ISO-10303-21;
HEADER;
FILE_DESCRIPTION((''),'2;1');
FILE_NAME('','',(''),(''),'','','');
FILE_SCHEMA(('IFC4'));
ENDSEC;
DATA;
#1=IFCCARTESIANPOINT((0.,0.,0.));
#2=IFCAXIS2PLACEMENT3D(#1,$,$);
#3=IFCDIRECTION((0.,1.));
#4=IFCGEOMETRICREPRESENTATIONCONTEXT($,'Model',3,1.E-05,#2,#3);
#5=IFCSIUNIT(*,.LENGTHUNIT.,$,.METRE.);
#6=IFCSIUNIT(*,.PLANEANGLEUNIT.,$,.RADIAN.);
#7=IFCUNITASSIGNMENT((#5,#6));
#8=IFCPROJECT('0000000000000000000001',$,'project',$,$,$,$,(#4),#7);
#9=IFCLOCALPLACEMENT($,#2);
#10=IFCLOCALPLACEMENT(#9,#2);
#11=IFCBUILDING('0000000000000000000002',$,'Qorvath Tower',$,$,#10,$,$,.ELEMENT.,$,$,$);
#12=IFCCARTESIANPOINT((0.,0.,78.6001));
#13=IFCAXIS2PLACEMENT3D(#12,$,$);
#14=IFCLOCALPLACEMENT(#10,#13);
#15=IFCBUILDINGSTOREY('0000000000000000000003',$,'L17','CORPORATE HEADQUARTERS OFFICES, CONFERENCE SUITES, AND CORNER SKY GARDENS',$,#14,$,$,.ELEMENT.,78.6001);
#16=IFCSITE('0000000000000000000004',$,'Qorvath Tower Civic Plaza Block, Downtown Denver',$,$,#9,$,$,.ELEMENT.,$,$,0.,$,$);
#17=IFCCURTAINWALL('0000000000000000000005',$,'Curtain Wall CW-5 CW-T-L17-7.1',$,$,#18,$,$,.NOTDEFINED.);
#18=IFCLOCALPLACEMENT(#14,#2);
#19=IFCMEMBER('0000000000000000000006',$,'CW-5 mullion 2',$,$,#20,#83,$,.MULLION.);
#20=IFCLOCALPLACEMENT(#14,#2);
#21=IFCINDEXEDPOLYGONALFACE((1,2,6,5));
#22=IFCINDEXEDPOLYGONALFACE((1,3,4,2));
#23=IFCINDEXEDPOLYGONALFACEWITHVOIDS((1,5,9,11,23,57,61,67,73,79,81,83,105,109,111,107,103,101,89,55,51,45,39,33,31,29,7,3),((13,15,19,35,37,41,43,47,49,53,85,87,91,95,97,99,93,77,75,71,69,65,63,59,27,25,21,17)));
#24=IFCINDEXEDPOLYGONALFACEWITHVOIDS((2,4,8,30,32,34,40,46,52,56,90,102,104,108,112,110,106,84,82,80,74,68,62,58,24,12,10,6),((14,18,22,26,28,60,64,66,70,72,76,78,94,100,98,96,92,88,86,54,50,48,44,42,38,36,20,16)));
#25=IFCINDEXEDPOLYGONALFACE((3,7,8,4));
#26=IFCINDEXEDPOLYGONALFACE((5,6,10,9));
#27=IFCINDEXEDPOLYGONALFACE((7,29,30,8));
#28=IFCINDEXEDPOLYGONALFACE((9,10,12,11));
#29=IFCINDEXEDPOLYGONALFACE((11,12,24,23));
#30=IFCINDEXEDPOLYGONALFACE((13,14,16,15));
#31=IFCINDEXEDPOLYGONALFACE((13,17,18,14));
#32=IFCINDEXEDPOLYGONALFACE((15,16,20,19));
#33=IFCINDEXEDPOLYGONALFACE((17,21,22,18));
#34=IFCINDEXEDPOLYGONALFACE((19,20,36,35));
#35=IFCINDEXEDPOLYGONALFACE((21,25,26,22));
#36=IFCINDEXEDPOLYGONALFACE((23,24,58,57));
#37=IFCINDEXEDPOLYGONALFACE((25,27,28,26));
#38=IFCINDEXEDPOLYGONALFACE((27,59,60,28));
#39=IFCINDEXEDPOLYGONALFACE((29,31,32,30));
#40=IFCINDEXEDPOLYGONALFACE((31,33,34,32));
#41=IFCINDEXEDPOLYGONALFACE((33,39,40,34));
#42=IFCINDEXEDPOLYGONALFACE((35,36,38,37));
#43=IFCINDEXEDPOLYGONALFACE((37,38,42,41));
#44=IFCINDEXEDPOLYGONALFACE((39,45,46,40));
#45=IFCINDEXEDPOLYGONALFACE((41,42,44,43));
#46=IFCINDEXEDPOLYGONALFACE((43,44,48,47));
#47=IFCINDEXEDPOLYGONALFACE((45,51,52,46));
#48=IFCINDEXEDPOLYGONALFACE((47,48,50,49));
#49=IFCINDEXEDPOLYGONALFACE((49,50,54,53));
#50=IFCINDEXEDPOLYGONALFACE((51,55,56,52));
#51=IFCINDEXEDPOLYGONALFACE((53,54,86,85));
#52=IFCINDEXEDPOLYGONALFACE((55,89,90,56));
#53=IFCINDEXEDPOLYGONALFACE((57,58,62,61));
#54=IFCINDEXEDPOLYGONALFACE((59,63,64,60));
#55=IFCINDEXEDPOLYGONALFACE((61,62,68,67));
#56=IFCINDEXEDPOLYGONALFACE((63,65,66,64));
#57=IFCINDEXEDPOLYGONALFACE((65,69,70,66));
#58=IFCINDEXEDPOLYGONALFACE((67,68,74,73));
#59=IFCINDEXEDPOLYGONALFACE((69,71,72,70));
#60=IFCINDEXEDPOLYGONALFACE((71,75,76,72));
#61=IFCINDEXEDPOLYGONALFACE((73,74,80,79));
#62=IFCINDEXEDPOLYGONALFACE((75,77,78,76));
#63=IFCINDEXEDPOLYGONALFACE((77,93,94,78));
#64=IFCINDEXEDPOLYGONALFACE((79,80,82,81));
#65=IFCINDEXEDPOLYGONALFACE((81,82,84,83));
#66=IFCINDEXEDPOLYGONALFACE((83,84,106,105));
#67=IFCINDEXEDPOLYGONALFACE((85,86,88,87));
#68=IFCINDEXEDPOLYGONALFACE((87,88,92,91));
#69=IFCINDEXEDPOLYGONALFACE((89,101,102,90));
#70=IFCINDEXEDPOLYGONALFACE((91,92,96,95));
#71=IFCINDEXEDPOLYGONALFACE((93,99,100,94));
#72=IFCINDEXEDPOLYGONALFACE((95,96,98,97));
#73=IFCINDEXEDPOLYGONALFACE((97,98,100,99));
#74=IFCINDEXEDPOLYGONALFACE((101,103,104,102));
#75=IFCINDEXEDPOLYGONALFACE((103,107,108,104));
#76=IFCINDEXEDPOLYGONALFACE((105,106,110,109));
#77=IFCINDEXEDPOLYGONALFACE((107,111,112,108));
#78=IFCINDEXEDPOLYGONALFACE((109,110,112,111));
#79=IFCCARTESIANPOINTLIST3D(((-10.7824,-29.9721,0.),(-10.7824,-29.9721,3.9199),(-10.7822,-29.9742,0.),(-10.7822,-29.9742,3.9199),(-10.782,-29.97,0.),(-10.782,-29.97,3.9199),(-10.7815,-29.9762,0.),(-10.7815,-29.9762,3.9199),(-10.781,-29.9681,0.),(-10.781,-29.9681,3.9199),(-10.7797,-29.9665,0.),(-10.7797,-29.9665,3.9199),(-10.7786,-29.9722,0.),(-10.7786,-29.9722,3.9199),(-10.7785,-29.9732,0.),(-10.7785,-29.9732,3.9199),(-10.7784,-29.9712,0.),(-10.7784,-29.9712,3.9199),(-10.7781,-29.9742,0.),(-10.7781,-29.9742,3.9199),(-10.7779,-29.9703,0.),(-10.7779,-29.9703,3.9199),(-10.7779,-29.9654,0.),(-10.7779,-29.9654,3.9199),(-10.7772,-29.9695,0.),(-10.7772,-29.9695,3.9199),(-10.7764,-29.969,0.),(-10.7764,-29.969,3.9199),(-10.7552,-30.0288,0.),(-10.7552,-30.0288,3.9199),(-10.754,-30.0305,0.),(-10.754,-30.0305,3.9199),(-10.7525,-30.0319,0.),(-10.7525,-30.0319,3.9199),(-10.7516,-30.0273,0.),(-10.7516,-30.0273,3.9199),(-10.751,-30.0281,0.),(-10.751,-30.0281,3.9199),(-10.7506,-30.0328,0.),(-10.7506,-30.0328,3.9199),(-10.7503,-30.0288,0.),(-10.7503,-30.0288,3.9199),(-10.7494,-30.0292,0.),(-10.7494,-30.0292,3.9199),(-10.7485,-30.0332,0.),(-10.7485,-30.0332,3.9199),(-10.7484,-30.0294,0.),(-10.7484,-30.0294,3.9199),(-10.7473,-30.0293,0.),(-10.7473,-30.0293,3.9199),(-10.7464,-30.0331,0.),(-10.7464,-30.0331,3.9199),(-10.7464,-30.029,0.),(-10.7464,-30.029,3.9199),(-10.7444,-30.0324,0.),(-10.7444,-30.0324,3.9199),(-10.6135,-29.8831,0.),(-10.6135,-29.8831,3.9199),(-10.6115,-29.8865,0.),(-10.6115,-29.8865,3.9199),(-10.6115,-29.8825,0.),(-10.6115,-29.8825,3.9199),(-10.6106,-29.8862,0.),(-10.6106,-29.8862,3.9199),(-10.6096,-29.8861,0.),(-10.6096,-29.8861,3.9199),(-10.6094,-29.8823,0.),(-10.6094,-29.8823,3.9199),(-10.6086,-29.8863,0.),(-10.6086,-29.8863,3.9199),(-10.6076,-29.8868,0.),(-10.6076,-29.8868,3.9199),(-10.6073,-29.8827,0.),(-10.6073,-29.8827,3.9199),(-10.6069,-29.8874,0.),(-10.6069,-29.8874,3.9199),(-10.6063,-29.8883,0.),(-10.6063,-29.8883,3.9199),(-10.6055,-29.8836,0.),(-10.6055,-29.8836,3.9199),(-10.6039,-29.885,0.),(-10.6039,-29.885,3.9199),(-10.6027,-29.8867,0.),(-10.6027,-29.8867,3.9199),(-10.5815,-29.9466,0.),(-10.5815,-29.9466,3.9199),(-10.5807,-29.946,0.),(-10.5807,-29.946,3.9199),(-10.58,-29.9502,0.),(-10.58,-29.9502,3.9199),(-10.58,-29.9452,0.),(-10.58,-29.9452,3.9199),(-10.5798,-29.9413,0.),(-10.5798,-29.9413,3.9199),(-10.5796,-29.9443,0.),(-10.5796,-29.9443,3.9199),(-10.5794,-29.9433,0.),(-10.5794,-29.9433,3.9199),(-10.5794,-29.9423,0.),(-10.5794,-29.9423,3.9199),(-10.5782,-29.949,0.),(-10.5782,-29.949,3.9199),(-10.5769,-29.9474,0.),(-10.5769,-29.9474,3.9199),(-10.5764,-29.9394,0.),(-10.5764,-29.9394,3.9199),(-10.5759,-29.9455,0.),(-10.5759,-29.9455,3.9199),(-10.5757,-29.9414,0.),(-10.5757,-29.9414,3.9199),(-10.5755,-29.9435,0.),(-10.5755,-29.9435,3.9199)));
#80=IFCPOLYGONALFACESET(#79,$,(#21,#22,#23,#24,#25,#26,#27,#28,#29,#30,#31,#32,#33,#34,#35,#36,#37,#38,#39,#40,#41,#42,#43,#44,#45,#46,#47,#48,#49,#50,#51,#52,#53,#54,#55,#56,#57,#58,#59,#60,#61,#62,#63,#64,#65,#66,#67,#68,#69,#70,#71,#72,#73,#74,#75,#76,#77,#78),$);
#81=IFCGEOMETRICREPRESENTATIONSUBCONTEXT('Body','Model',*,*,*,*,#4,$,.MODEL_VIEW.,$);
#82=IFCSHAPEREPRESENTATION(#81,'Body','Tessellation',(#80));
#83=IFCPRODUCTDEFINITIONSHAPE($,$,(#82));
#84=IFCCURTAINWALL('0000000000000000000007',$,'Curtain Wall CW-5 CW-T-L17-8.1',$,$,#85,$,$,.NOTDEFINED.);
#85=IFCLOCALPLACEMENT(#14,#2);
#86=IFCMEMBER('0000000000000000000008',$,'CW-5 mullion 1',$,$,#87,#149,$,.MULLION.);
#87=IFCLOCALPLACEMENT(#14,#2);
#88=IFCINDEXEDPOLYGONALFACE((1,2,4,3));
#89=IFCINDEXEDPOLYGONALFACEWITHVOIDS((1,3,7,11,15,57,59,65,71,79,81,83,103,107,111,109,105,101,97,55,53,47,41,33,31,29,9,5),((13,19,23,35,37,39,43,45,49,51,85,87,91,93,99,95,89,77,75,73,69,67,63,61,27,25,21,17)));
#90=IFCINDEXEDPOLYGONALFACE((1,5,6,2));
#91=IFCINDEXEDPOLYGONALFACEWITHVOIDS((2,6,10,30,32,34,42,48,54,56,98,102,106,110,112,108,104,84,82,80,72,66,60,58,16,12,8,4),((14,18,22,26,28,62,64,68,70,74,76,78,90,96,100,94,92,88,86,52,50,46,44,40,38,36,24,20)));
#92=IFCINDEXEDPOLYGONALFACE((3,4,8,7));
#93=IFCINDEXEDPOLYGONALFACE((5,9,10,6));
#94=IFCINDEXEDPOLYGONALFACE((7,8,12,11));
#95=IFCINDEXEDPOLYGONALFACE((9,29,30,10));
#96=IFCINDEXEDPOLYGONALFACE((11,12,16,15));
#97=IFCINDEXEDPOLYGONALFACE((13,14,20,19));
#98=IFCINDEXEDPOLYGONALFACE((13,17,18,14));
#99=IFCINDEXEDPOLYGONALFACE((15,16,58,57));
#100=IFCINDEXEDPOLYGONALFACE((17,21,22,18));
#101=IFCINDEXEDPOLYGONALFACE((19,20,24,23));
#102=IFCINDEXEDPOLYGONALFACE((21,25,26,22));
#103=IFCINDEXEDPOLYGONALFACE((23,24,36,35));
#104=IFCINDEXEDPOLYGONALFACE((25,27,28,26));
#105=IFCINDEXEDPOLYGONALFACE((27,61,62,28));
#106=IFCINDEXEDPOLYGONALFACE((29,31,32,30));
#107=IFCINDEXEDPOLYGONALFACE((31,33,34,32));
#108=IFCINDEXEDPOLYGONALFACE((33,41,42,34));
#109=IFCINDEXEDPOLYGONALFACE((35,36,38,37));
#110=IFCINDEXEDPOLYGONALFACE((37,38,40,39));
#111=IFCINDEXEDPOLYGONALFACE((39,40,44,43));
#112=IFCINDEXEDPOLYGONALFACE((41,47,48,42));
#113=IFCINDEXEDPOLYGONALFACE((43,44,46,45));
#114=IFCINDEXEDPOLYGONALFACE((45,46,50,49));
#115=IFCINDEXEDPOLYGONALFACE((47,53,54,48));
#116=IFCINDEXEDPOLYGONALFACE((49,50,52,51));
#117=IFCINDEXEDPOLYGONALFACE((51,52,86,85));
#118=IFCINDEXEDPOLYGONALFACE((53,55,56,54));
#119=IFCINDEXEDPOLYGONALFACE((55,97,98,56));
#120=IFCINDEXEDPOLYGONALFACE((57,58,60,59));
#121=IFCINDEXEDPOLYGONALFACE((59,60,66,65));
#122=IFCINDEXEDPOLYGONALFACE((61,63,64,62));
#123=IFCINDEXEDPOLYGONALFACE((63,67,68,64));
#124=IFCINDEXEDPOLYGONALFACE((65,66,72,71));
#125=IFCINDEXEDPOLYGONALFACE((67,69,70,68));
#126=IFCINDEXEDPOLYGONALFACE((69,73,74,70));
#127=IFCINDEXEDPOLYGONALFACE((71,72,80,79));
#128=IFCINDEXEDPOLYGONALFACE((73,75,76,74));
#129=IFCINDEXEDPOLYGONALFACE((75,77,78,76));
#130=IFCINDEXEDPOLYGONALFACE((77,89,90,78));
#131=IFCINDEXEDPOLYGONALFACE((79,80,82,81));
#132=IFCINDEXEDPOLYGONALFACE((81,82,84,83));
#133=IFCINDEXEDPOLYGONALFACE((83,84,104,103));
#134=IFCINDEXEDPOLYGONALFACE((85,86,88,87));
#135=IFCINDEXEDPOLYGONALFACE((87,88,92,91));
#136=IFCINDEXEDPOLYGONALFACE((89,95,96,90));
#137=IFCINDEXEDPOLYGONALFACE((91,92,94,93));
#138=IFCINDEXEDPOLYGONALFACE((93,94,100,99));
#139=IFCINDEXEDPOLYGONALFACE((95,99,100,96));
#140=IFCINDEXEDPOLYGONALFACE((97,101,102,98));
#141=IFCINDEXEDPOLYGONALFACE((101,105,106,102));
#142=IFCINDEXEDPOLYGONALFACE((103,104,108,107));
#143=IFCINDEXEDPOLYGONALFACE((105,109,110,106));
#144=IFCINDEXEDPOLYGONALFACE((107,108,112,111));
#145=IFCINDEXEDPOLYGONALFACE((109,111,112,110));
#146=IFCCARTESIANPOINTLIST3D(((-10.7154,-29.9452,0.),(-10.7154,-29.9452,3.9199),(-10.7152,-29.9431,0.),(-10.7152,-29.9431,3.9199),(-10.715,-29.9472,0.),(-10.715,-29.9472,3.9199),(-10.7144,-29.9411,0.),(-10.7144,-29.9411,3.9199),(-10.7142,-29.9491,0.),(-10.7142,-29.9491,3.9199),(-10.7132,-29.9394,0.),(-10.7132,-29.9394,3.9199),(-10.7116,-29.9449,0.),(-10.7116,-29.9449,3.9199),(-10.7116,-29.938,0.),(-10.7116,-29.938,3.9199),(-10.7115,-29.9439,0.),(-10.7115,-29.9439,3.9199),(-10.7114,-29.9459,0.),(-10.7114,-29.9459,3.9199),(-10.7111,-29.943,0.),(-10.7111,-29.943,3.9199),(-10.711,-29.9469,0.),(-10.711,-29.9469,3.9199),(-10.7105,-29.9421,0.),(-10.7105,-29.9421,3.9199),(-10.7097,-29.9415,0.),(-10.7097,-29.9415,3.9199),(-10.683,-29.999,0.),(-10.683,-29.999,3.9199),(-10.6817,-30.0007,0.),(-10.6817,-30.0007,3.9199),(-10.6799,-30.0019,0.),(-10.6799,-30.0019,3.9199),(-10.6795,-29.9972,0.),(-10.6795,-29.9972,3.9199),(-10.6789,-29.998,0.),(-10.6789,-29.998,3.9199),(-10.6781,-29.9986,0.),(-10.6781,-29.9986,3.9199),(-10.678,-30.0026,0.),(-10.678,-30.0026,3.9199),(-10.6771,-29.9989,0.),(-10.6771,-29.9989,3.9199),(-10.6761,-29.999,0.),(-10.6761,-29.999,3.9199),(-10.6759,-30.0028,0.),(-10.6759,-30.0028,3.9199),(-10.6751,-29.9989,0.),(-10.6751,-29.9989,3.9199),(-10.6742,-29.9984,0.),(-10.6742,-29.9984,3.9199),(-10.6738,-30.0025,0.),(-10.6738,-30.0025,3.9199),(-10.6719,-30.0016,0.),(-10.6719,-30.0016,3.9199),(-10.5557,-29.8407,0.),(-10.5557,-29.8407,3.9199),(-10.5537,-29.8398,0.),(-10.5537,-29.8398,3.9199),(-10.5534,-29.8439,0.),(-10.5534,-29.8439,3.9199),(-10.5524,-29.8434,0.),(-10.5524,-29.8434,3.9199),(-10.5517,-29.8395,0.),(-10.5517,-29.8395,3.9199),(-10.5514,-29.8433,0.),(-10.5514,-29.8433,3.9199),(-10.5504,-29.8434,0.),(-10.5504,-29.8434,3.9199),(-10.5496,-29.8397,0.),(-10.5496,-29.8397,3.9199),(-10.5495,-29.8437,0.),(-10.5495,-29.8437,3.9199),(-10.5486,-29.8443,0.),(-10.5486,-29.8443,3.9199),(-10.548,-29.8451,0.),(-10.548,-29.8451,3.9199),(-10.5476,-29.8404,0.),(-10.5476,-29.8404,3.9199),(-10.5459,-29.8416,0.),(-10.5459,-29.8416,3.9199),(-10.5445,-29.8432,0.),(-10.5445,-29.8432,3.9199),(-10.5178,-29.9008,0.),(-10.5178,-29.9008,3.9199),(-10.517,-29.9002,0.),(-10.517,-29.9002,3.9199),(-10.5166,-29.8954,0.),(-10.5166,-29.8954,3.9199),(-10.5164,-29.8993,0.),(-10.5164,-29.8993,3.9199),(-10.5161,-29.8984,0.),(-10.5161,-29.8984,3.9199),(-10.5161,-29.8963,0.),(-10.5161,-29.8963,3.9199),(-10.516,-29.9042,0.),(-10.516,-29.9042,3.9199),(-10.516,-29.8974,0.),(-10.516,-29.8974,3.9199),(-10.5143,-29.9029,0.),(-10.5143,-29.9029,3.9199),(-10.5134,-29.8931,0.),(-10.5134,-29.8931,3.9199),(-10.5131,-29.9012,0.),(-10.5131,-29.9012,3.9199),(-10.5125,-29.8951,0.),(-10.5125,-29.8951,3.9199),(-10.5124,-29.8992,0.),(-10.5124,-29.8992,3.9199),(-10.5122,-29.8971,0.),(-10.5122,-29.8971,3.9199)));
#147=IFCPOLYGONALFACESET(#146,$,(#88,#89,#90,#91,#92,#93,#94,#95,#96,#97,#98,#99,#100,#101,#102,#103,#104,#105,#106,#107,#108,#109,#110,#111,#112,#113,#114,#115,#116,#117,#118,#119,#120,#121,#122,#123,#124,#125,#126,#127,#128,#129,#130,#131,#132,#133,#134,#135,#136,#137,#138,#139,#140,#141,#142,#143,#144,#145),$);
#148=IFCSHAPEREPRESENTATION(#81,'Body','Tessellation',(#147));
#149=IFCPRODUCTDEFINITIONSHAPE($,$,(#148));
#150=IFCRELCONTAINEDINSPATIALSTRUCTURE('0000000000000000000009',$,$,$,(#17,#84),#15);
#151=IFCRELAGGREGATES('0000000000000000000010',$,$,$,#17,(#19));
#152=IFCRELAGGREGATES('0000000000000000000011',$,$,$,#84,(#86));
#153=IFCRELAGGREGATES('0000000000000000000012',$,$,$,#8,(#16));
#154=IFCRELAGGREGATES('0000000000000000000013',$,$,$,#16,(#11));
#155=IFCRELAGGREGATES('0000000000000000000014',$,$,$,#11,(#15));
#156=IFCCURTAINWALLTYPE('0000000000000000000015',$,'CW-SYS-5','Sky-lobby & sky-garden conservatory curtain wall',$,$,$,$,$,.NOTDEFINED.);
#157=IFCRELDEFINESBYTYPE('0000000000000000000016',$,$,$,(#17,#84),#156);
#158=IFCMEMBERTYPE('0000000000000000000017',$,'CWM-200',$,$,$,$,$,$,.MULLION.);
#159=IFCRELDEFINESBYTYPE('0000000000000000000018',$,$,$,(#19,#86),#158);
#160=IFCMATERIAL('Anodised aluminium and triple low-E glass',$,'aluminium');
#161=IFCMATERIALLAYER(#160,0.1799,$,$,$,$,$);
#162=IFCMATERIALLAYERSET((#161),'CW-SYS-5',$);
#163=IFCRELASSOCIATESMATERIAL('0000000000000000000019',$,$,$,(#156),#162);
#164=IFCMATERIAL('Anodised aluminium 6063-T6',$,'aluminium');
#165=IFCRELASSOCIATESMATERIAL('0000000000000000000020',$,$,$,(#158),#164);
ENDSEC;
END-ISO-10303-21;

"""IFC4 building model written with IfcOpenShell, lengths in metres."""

from ifc_helpers import new_model, si_unit, direction, frame, origin, origin_2d, place, context, subcontext, project, spatial, hollow_rectangle, extrude, material, layer, layer_set, material_profile, profile_set, type_object, element, aggregate, save


model = new_model("IFC4")

# Units and contexts
model_context = context("Model", 3, precision=1e-05, world=origin(), true_north=direction((0.0, 1.0)))
body_context = subcontext(model_context, "Body", "Model", "MODEL_VIEW")
ifc_project = project(units=[si_unit("LENGTHUNIT", "METRE"), si_unit("PLANEANGLEUNIT", "RADIAN")], contexts=[model_context])

# Site, building, storey
site_placement = place(None, origin())
site = spatial("IfcSite", under=ifc_project, at=site_placement, Name="Qorvath Tower Civic Plaza Block, Downtown Denver", CompositionType="ELEMENT", RefElevation=0.0)
building_placement = place(site_placement, origin())
building = spatial("IfcBuilding", under=site, at=building_placement, Name="Qorvath Tower", CompositionType="ELEMENT")
storey_placement = place(building_placement, frame((0.0, 0.0, 78.6001)))
storey = spatial("IfcBuildingStorey", under=building, at=storey_placement, Name="L17", Description="CORPORATE HEADQUARTERS OFFICES, CONFERENCE SUITES, AND CORNER SKY GARDENS", CompositionType="ELEMENT", Elevation=78.6001)

# Shared definitions
ifc_material_1 = material(Name="Anodised aluminium and triple low-E glass", Category="aluminium")
ifc_layer_1 = layer(ifc_material_1, 0.1799)
ifc_layer_set_1 = layer_set([ifc_layer_1], Name="CW-SYS-5")
curtain_wall_type = type_object("IfcCurtainWallType", Name="CW-SYS-5", Description="Sky-lobby & sky-garden conservatory curtain wall", PredefinedType="NOTDEFINED", material=ifc_layer_set_1)
ifc_material_2 = material(Name="Anodised aluminium 6063-T6", Category="aluminium")
ifc_material_profile_1 = material_profile(ifc_material_2, hollow_rectangle(XDim=0.075, YDim=0.2, WallThickness=0.0039, InnerFilletRadius=0.0039, OuterFilletRadius=0.0081, at=origin_2d()), Name="CWM 200x75")
ifc_profile_set_1 = profile_set([ifc_material_profile_1], Name="Anodised aluminium 6063-T6")
member_type_1 = type_object("IfcMemberType", Name="CWM-200", PredefinedType="MULLION", material=ifc_profile_set_1)

# Curtain walls, members
curtain_wall_1_placement = place(storey_placement, origin())
curtain_wall_1 = element("IfcCurtainWall", 1, at=curtain_wall_1_placement, inside=storey, type_object=curtain_wall_type, Name="Curtain Wall CW-5 CW-T-L17-7.1", PredefinedType="NOTDEFINED")
member_1_placement = place(storey_placement, frame((-10.679, -29.9578, 0.0), z_axis=(0.0, 0.0, 1.0), x_axis=(-0.447206, 0.894431, 0.0)))
member_1 = element("IfcMember", 2, at=member_1_placement, type_object=member_type_1, Name="CW-5 mullion 2", PredefinedType="MULLION", context=body_context, shape_type="SweptSolid", body=[
    extrude(hollow_rectangle(XDim=0.075, YDim=0.2, WallThickness=0.0039, InnerFilletRadius=0.0039, OuterFilletRadius=0.0081, at=origin_2d()), origin(), (0.0, 0.0, 1.0), 3.9199),
])
curtain_wall_2_placement = place(storey_placement, origin())
curtain_wall_2 = element("IfcCurtainWall", 3, at=curtain_wall_2_placement, inside=storey, type_object=curtain_wall_type, Name="Curtain Wall CW-5 CW-T-L17-8.1", PredefinedType="NOTDEFINED")
member_2_placement = place(storey_placement, frame((-10.6138, -29.9211, 0.0), z_axis=(0.0, 0.0, 1.0), x_axis=(-0.529645, 0.848219, 0.0)))
member_2 = element("IfcMember", 4, at=member_2_placement, type_object=member_type_1, Name="CW-5 mullion 1", PredefinedType="MULLION", context=body_context, shape_type="SweptSolid", body=[
    extrude(hollow_rectangle(XDim=0.075, YDim=0.2, WallThickness=0.0039, InnerFilletRadius=0.0039, OuterFilletRadius=0.0081, at=origin_2d()), origin(), (0.0, 0.0, 1.0), 3.9199),
])

aggregate(curtain_wall_1, [member_1])
aggregate(curtain_wall_2, [member_2])

save(model, "model.ifc")
